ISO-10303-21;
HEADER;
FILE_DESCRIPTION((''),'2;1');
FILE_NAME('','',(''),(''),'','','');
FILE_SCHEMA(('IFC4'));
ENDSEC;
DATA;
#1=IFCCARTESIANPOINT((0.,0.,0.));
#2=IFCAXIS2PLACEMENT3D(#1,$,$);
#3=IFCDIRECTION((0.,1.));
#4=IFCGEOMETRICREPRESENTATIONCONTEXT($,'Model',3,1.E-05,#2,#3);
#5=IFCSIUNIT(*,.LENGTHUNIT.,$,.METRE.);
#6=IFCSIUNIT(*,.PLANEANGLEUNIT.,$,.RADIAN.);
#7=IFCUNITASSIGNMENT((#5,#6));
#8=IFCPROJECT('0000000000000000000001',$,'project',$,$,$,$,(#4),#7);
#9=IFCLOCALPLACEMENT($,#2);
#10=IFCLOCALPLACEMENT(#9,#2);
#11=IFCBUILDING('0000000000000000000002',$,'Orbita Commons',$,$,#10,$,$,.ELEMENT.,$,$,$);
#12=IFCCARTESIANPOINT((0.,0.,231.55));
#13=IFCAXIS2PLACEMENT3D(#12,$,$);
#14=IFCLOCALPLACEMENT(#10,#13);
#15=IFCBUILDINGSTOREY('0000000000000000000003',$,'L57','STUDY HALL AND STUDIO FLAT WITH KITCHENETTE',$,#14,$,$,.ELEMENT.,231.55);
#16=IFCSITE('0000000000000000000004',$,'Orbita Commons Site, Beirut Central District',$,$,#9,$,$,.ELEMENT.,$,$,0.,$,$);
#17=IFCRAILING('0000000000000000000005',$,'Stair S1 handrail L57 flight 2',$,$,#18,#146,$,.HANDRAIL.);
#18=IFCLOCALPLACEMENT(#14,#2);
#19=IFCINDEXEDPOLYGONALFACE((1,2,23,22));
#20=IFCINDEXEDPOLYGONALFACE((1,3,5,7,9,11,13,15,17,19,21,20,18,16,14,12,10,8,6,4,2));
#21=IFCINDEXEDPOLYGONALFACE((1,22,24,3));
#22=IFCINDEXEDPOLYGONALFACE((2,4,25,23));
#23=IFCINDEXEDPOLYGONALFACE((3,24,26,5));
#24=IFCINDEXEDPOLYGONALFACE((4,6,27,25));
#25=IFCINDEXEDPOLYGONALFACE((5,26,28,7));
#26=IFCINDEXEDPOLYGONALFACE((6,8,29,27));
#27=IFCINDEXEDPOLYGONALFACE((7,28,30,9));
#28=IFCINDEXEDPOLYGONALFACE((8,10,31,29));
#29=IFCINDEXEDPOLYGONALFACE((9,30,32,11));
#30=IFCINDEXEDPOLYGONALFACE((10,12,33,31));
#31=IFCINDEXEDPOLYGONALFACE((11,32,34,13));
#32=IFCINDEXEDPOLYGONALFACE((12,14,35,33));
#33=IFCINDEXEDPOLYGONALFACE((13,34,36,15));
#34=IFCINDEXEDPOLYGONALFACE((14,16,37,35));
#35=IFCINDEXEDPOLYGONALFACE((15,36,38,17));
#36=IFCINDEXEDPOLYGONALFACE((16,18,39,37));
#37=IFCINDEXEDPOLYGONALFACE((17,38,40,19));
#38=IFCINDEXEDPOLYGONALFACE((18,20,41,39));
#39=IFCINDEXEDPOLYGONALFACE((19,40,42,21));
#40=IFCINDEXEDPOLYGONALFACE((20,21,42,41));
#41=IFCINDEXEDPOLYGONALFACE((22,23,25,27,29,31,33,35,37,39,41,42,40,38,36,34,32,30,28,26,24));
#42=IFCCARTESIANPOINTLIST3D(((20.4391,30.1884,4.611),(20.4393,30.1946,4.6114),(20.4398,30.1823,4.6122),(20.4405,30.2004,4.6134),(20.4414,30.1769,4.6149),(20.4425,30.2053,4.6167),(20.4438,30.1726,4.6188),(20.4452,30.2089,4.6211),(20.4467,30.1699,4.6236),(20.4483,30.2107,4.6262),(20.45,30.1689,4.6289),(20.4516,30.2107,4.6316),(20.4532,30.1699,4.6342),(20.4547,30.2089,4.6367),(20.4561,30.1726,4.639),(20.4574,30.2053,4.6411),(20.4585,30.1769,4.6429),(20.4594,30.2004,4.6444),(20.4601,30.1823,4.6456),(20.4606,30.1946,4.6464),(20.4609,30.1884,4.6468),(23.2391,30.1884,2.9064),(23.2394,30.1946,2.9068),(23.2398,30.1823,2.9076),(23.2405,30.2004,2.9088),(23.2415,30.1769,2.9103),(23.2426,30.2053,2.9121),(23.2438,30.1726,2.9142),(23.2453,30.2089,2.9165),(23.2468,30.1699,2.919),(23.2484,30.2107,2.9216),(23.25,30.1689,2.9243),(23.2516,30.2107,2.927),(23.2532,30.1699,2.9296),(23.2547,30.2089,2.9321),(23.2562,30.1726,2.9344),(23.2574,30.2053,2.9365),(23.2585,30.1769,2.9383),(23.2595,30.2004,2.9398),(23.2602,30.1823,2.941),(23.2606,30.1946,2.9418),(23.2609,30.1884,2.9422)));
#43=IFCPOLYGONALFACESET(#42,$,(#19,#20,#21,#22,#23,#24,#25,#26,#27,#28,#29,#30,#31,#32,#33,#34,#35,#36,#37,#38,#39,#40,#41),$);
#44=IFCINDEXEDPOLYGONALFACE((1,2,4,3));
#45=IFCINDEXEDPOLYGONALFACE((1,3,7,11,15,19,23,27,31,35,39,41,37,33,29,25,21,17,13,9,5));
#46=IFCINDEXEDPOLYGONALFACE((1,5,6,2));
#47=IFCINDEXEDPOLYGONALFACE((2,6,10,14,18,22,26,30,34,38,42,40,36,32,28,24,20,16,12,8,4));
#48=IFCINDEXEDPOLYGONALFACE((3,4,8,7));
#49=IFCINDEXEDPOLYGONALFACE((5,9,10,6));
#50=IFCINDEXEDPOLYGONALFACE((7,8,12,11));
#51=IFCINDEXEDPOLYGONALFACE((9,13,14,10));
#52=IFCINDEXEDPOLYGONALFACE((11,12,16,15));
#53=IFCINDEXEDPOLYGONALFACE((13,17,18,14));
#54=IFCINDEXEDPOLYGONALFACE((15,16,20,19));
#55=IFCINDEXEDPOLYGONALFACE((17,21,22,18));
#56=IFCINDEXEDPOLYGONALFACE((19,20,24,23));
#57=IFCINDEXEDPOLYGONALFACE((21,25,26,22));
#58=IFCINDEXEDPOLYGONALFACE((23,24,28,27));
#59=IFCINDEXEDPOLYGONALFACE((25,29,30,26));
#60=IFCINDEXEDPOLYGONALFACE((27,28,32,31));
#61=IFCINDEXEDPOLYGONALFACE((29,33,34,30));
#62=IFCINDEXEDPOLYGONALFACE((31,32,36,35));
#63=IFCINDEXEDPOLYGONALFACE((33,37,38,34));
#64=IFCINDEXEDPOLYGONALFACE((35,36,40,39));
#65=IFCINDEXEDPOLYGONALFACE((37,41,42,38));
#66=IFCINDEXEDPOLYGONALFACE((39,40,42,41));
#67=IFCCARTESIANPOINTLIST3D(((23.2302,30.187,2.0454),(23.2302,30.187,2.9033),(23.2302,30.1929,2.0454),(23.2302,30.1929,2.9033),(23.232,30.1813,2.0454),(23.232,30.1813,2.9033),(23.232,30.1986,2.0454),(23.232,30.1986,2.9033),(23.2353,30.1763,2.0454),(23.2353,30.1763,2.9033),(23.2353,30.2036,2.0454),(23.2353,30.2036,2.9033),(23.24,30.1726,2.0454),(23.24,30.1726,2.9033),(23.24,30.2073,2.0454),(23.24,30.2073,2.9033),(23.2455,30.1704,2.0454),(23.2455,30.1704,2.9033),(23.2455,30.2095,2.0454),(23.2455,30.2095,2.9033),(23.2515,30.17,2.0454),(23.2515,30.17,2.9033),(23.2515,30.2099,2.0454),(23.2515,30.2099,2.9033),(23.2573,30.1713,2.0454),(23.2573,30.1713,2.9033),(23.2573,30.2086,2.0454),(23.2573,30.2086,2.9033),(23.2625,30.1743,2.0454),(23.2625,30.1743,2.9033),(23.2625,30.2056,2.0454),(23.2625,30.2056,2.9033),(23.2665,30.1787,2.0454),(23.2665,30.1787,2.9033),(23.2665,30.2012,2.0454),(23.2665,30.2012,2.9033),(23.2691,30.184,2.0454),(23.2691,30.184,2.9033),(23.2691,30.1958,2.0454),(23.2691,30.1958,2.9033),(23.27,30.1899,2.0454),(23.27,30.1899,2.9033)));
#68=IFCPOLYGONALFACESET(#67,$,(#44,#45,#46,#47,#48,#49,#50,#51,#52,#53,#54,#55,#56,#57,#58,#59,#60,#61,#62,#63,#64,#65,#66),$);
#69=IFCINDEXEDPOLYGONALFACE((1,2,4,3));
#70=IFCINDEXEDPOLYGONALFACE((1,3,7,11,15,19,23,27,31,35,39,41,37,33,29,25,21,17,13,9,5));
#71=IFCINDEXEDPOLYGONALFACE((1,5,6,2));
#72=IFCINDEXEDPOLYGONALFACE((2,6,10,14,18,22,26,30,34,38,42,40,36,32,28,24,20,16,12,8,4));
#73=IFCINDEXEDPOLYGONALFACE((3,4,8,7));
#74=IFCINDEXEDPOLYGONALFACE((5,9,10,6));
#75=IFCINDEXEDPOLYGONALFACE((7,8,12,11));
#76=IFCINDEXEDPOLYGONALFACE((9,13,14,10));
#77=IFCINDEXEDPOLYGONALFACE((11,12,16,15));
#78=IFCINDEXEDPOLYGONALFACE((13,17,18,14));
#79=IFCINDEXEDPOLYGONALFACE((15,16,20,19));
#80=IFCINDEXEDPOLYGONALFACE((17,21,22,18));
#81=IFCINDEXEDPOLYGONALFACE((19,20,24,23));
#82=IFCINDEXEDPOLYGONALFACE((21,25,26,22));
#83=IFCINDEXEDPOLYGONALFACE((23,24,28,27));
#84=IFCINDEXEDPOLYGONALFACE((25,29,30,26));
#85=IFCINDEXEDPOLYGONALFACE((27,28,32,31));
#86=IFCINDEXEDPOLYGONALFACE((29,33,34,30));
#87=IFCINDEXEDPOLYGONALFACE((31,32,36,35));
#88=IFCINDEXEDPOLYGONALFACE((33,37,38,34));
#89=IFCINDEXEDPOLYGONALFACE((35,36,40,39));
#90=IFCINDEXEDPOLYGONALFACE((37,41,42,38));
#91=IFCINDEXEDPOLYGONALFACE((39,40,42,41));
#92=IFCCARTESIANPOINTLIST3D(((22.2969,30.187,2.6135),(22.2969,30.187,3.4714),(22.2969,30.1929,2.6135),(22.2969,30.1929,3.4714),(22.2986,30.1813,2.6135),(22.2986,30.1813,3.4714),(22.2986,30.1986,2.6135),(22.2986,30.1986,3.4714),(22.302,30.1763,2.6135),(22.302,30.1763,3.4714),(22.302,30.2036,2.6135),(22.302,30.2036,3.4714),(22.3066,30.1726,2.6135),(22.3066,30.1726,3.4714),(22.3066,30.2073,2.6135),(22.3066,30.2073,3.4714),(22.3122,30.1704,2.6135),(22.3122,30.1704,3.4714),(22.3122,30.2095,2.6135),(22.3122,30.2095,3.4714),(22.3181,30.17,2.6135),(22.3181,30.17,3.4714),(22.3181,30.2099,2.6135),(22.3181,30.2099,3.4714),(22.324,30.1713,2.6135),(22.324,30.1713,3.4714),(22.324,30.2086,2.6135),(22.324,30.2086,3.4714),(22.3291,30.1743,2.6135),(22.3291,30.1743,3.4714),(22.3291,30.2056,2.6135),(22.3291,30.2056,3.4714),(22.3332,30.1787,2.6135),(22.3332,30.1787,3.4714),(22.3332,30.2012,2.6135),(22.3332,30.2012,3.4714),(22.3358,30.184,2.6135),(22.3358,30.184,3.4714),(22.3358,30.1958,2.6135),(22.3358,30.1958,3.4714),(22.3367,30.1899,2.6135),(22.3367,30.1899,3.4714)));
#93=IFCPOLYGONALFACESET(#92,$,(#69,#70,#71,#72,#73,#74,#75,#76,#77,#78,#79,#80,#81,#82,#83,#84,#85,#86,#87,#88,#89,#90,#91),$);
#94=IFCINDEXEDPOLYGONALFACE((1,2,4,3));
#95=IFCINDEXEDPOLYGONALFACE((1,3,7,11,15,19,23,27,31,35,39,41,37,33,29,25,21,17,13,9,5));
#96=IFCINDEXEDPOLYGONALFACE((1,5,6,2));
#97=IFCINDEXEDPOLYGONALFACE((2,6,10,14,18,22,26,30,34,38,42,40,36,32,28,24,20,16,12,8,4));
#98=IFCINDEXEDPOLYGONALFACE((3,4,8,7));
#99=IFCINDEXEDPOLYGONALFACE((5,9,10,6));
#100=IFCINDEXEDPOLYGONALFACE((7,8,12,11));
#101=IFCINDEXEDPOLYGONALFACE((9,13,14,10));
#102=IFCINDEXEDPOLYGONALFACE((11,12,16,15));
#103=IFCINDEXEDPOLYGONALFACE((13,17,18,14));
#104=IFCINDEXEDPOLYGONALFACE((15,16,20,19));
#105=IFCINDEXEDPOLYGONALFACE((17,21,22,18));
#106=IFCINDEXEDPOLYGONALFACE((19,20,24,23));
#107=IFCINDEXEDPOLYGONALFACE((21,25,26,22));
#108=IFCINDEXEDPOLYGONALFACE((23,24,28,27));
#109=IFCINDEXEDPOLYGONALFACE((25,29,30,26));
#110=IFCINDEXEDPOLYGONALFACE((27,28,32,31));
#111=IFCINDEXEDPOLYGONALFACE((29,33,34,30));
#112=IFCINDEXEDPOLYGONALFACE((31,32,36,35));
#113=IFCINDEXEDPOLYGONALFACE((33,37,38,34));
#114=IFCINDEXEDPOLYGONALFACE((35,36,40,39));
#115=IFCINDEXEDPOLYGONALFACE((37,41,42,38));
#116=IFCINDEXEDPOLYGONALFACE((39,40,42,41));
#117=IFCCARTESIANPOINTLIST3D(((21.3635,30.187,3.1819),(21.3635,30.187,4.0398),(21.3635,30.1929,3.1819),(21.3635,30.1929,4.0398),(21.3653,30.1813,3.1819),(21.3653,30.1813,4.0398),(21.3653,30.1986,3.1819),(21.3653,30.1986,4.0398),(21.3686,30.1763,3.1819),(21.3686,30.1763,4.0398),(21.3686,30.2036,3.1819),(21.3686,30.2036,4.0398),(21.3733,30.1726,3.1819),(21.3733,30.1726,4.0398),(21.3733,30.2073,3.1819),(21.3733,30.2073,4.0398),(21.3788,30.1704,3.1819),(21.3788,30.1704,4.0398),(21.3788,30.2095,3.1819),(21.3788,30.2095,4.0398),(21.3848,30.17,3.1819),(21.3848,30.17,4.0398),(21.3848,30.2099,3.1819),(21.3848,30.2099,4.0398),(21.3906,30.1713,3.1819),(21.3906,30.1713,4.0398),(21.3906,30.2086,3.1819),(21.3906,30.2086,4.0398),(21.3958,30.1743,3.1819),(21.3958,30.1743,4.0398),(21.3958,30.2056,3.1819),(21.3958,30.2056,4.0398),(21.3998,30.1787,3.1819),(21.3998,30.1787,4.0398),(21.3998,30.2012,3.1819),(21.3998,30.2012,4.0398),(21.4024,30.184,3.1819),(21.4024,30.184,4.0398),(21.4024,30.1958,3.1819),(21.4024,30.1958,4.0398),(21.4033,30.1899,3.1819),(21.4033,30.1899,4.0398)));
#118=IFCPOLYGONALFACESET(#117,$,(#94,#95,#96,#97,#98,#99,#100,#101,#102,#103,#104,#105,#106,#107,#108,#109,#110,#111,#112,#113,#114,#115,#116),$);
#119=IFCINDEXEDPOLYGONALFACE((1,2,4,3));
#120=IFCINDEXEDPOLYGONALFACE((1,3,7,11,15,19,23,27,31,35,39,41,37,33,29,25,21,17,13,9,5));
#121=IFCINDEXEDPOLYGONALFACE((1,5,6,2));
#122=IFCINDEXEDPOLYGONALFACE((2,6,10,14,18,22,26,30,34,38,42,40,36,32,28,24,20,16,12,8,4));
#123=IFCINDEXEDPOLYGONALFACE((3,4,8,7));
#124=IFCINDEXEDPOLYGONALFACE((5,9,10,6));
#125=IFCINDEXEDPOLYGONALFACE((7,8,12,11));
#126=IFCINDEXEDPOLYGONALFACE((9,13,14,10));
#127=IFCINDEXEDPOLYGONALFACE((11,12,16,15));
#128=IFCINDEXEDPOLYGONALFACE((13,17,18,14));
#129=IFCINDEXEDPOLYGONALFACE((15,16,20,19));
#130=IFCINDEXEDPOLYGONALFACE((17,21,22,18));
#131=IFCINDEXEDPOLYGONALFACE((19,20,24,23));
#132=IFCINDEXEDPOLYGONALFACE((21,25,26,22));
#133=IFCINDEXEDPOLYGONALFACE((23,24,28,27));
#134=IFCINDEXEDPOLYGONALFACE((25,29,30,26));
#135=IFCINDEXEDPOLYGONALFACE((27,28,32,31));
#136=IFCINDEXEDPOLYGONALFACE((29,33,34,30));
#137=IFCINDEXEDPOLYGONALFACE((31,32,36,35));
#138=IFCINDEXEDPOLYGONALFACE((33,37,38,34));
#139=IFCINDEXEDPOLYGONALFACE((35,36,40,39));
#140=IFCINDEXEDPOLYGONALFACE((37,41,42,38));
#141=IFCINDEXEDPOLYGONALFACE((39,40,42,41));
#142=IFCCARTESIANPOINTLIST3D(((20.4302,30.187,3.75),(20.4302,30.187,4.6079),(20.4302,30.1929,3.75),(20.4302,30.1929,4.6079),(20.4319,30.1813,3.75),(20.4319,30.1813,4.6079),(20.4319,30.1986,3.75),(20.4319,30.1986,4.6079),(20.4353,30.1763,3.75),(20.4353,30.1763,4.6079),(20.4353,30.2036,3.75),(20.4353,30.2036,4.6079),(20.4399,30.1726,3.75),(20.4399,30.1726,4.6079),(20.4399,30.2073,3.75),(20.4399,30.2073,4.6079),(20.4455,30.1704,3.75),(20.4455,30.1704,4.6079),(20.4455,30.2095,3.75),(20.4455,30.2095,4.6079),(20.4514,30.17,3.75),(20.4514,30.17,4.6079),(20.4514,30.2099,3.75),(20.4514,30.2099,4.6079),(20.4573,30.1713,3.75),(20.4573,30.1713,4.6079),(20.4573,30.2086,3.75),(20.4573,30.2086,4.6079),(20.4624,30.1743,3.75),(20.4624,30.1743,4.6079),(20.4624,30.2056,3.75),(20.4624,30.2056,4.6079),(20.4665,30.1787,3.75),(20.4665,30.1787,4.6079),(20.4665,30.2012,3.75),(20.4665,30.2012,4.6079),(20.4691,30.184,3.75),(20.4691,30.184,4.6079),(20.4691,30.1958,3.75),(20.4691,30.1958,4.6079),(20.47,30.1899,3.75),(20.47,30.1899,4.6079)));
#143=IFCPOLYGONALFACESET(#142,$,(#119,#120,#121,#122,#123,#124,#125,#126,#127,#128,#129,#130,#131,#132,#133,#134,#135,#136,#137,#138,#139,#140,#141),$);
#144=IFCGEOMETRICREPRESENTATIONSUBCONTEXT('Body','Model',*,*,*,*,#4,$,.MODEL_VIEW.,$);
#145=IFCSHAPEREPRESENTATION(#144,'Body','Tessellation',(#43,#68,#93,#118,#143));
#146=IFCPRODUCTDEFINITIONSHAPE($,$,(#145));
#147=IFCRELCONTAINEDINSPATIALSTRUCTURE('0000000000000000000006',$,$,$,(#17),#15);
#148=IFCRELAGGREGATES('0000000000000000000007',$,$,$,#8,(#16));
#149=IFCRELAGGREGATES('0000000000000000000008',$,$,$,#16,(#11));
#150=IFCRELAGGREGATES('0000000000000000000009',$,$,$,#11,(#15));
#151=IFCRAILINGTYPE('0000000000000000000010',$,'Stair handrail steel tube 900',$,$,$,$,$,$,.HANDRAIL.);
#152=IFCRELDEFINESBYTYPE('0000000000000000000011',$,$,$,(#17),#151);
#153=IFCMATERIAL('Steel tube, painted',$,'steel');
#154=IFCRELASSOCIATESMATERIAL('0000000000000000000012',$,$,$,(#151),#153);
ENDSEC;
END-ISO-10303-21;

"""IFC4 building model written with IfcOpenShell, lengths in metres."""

from ifc_helpers import new_model, si_unit, direction, frame, origin, origin_2d, place, context, subcontext, project, spatial, circle, extrude, material, type_object, element, save


model = new_model("IFC4")

# Units and contexts
model_context = context("Model", 3, precision=1e-05, world=origin(), true_north=direction((0.0, 1.0)))
body_context = subcontext(model_context, "Body", "Model", "MODEL_VIEW")
ifc_project = project(units=[si_unit("LENGTHUNIT", "METRE"), si_unit("PLANEANGLEUNIT", "RADIAN")], contexts=[model_context])

# Site, building, storey
site_placement = place(None, origin())
site = spatial("IfcSite", under=ifc_project, at=site_placement, Name="Orbita Commons Site, Beirut Central District", CompositionType="ELEMENT", RefElevation=0.0)
building_placement = place(site_placement, origin())
building = spatial("IfcBuilding", under=site, at=building_placement, Name="Orbita Commons", CompositionType="ELEMENT")
storey_placement = place(building_placement, frame((0.0, 0.0, 231.55)))
storey = spatial("IfcBuildingStorey", under=building, at=storey_placement, Name="L57", Description="STUDY HALL AND STUDIO FLAT WITH KITCHENETTE", CompositionType="ELEMENT", Elevation=231.55)

# Railing
ifc_material_1 = material(Name="Steel tube, painted", Category="steel")
railing_type = type_object("IfcRailingType", Name="Stair handrail steel tube 900", PredefinedType="HANDRAIL", material=ifc_material_1)
for number, where, name in (
    (1, (23.25, 30.1899, 2.0454), "Stair S1 handrail L57 flight 2"),
):
    element("IfcRailing", number, at=place(storey_placement, frame(where)), inside=storey, type_object=railing_type, Name=name, PredefinedType="HANDRAIL", context=body_context, shape_type="SweptSolid", body=[
        extrude(circle(Radius=0.021, at=origin_2d()), frame((0.0, 0.0, 0.8789), z_axis=(-0.85417, 0.0, 0.519994), x_axis=(0.0, -1.0, 0.0)), (0.0, 0.0, 1.0), 3.2781),
        extrude(circle(Radius=0.02, at=origin_2d()), origin(), (0.0, 0.0, 1.0), 0.8579),
        extrude(circle(Radius=0.02, at=origin_2d()), frame((-0.9333, 0.0, 0.5681)), (0.0, 0.0, 1.0), 0.8579),
        extrude(circle(Radius=0.02, at=origin_2d()), frame((-1.8667, 0.0, 1.1365)), (0.0, 0.0, 1.0), 0.8579),
        extrude(circle(Radius=0.02, at=origin_2d()), frame((-2.8, 0.0, 1.7046)), (0.0, 0.0, 1.0), 0.8579),
    ])

save(model, "model.ifc")
